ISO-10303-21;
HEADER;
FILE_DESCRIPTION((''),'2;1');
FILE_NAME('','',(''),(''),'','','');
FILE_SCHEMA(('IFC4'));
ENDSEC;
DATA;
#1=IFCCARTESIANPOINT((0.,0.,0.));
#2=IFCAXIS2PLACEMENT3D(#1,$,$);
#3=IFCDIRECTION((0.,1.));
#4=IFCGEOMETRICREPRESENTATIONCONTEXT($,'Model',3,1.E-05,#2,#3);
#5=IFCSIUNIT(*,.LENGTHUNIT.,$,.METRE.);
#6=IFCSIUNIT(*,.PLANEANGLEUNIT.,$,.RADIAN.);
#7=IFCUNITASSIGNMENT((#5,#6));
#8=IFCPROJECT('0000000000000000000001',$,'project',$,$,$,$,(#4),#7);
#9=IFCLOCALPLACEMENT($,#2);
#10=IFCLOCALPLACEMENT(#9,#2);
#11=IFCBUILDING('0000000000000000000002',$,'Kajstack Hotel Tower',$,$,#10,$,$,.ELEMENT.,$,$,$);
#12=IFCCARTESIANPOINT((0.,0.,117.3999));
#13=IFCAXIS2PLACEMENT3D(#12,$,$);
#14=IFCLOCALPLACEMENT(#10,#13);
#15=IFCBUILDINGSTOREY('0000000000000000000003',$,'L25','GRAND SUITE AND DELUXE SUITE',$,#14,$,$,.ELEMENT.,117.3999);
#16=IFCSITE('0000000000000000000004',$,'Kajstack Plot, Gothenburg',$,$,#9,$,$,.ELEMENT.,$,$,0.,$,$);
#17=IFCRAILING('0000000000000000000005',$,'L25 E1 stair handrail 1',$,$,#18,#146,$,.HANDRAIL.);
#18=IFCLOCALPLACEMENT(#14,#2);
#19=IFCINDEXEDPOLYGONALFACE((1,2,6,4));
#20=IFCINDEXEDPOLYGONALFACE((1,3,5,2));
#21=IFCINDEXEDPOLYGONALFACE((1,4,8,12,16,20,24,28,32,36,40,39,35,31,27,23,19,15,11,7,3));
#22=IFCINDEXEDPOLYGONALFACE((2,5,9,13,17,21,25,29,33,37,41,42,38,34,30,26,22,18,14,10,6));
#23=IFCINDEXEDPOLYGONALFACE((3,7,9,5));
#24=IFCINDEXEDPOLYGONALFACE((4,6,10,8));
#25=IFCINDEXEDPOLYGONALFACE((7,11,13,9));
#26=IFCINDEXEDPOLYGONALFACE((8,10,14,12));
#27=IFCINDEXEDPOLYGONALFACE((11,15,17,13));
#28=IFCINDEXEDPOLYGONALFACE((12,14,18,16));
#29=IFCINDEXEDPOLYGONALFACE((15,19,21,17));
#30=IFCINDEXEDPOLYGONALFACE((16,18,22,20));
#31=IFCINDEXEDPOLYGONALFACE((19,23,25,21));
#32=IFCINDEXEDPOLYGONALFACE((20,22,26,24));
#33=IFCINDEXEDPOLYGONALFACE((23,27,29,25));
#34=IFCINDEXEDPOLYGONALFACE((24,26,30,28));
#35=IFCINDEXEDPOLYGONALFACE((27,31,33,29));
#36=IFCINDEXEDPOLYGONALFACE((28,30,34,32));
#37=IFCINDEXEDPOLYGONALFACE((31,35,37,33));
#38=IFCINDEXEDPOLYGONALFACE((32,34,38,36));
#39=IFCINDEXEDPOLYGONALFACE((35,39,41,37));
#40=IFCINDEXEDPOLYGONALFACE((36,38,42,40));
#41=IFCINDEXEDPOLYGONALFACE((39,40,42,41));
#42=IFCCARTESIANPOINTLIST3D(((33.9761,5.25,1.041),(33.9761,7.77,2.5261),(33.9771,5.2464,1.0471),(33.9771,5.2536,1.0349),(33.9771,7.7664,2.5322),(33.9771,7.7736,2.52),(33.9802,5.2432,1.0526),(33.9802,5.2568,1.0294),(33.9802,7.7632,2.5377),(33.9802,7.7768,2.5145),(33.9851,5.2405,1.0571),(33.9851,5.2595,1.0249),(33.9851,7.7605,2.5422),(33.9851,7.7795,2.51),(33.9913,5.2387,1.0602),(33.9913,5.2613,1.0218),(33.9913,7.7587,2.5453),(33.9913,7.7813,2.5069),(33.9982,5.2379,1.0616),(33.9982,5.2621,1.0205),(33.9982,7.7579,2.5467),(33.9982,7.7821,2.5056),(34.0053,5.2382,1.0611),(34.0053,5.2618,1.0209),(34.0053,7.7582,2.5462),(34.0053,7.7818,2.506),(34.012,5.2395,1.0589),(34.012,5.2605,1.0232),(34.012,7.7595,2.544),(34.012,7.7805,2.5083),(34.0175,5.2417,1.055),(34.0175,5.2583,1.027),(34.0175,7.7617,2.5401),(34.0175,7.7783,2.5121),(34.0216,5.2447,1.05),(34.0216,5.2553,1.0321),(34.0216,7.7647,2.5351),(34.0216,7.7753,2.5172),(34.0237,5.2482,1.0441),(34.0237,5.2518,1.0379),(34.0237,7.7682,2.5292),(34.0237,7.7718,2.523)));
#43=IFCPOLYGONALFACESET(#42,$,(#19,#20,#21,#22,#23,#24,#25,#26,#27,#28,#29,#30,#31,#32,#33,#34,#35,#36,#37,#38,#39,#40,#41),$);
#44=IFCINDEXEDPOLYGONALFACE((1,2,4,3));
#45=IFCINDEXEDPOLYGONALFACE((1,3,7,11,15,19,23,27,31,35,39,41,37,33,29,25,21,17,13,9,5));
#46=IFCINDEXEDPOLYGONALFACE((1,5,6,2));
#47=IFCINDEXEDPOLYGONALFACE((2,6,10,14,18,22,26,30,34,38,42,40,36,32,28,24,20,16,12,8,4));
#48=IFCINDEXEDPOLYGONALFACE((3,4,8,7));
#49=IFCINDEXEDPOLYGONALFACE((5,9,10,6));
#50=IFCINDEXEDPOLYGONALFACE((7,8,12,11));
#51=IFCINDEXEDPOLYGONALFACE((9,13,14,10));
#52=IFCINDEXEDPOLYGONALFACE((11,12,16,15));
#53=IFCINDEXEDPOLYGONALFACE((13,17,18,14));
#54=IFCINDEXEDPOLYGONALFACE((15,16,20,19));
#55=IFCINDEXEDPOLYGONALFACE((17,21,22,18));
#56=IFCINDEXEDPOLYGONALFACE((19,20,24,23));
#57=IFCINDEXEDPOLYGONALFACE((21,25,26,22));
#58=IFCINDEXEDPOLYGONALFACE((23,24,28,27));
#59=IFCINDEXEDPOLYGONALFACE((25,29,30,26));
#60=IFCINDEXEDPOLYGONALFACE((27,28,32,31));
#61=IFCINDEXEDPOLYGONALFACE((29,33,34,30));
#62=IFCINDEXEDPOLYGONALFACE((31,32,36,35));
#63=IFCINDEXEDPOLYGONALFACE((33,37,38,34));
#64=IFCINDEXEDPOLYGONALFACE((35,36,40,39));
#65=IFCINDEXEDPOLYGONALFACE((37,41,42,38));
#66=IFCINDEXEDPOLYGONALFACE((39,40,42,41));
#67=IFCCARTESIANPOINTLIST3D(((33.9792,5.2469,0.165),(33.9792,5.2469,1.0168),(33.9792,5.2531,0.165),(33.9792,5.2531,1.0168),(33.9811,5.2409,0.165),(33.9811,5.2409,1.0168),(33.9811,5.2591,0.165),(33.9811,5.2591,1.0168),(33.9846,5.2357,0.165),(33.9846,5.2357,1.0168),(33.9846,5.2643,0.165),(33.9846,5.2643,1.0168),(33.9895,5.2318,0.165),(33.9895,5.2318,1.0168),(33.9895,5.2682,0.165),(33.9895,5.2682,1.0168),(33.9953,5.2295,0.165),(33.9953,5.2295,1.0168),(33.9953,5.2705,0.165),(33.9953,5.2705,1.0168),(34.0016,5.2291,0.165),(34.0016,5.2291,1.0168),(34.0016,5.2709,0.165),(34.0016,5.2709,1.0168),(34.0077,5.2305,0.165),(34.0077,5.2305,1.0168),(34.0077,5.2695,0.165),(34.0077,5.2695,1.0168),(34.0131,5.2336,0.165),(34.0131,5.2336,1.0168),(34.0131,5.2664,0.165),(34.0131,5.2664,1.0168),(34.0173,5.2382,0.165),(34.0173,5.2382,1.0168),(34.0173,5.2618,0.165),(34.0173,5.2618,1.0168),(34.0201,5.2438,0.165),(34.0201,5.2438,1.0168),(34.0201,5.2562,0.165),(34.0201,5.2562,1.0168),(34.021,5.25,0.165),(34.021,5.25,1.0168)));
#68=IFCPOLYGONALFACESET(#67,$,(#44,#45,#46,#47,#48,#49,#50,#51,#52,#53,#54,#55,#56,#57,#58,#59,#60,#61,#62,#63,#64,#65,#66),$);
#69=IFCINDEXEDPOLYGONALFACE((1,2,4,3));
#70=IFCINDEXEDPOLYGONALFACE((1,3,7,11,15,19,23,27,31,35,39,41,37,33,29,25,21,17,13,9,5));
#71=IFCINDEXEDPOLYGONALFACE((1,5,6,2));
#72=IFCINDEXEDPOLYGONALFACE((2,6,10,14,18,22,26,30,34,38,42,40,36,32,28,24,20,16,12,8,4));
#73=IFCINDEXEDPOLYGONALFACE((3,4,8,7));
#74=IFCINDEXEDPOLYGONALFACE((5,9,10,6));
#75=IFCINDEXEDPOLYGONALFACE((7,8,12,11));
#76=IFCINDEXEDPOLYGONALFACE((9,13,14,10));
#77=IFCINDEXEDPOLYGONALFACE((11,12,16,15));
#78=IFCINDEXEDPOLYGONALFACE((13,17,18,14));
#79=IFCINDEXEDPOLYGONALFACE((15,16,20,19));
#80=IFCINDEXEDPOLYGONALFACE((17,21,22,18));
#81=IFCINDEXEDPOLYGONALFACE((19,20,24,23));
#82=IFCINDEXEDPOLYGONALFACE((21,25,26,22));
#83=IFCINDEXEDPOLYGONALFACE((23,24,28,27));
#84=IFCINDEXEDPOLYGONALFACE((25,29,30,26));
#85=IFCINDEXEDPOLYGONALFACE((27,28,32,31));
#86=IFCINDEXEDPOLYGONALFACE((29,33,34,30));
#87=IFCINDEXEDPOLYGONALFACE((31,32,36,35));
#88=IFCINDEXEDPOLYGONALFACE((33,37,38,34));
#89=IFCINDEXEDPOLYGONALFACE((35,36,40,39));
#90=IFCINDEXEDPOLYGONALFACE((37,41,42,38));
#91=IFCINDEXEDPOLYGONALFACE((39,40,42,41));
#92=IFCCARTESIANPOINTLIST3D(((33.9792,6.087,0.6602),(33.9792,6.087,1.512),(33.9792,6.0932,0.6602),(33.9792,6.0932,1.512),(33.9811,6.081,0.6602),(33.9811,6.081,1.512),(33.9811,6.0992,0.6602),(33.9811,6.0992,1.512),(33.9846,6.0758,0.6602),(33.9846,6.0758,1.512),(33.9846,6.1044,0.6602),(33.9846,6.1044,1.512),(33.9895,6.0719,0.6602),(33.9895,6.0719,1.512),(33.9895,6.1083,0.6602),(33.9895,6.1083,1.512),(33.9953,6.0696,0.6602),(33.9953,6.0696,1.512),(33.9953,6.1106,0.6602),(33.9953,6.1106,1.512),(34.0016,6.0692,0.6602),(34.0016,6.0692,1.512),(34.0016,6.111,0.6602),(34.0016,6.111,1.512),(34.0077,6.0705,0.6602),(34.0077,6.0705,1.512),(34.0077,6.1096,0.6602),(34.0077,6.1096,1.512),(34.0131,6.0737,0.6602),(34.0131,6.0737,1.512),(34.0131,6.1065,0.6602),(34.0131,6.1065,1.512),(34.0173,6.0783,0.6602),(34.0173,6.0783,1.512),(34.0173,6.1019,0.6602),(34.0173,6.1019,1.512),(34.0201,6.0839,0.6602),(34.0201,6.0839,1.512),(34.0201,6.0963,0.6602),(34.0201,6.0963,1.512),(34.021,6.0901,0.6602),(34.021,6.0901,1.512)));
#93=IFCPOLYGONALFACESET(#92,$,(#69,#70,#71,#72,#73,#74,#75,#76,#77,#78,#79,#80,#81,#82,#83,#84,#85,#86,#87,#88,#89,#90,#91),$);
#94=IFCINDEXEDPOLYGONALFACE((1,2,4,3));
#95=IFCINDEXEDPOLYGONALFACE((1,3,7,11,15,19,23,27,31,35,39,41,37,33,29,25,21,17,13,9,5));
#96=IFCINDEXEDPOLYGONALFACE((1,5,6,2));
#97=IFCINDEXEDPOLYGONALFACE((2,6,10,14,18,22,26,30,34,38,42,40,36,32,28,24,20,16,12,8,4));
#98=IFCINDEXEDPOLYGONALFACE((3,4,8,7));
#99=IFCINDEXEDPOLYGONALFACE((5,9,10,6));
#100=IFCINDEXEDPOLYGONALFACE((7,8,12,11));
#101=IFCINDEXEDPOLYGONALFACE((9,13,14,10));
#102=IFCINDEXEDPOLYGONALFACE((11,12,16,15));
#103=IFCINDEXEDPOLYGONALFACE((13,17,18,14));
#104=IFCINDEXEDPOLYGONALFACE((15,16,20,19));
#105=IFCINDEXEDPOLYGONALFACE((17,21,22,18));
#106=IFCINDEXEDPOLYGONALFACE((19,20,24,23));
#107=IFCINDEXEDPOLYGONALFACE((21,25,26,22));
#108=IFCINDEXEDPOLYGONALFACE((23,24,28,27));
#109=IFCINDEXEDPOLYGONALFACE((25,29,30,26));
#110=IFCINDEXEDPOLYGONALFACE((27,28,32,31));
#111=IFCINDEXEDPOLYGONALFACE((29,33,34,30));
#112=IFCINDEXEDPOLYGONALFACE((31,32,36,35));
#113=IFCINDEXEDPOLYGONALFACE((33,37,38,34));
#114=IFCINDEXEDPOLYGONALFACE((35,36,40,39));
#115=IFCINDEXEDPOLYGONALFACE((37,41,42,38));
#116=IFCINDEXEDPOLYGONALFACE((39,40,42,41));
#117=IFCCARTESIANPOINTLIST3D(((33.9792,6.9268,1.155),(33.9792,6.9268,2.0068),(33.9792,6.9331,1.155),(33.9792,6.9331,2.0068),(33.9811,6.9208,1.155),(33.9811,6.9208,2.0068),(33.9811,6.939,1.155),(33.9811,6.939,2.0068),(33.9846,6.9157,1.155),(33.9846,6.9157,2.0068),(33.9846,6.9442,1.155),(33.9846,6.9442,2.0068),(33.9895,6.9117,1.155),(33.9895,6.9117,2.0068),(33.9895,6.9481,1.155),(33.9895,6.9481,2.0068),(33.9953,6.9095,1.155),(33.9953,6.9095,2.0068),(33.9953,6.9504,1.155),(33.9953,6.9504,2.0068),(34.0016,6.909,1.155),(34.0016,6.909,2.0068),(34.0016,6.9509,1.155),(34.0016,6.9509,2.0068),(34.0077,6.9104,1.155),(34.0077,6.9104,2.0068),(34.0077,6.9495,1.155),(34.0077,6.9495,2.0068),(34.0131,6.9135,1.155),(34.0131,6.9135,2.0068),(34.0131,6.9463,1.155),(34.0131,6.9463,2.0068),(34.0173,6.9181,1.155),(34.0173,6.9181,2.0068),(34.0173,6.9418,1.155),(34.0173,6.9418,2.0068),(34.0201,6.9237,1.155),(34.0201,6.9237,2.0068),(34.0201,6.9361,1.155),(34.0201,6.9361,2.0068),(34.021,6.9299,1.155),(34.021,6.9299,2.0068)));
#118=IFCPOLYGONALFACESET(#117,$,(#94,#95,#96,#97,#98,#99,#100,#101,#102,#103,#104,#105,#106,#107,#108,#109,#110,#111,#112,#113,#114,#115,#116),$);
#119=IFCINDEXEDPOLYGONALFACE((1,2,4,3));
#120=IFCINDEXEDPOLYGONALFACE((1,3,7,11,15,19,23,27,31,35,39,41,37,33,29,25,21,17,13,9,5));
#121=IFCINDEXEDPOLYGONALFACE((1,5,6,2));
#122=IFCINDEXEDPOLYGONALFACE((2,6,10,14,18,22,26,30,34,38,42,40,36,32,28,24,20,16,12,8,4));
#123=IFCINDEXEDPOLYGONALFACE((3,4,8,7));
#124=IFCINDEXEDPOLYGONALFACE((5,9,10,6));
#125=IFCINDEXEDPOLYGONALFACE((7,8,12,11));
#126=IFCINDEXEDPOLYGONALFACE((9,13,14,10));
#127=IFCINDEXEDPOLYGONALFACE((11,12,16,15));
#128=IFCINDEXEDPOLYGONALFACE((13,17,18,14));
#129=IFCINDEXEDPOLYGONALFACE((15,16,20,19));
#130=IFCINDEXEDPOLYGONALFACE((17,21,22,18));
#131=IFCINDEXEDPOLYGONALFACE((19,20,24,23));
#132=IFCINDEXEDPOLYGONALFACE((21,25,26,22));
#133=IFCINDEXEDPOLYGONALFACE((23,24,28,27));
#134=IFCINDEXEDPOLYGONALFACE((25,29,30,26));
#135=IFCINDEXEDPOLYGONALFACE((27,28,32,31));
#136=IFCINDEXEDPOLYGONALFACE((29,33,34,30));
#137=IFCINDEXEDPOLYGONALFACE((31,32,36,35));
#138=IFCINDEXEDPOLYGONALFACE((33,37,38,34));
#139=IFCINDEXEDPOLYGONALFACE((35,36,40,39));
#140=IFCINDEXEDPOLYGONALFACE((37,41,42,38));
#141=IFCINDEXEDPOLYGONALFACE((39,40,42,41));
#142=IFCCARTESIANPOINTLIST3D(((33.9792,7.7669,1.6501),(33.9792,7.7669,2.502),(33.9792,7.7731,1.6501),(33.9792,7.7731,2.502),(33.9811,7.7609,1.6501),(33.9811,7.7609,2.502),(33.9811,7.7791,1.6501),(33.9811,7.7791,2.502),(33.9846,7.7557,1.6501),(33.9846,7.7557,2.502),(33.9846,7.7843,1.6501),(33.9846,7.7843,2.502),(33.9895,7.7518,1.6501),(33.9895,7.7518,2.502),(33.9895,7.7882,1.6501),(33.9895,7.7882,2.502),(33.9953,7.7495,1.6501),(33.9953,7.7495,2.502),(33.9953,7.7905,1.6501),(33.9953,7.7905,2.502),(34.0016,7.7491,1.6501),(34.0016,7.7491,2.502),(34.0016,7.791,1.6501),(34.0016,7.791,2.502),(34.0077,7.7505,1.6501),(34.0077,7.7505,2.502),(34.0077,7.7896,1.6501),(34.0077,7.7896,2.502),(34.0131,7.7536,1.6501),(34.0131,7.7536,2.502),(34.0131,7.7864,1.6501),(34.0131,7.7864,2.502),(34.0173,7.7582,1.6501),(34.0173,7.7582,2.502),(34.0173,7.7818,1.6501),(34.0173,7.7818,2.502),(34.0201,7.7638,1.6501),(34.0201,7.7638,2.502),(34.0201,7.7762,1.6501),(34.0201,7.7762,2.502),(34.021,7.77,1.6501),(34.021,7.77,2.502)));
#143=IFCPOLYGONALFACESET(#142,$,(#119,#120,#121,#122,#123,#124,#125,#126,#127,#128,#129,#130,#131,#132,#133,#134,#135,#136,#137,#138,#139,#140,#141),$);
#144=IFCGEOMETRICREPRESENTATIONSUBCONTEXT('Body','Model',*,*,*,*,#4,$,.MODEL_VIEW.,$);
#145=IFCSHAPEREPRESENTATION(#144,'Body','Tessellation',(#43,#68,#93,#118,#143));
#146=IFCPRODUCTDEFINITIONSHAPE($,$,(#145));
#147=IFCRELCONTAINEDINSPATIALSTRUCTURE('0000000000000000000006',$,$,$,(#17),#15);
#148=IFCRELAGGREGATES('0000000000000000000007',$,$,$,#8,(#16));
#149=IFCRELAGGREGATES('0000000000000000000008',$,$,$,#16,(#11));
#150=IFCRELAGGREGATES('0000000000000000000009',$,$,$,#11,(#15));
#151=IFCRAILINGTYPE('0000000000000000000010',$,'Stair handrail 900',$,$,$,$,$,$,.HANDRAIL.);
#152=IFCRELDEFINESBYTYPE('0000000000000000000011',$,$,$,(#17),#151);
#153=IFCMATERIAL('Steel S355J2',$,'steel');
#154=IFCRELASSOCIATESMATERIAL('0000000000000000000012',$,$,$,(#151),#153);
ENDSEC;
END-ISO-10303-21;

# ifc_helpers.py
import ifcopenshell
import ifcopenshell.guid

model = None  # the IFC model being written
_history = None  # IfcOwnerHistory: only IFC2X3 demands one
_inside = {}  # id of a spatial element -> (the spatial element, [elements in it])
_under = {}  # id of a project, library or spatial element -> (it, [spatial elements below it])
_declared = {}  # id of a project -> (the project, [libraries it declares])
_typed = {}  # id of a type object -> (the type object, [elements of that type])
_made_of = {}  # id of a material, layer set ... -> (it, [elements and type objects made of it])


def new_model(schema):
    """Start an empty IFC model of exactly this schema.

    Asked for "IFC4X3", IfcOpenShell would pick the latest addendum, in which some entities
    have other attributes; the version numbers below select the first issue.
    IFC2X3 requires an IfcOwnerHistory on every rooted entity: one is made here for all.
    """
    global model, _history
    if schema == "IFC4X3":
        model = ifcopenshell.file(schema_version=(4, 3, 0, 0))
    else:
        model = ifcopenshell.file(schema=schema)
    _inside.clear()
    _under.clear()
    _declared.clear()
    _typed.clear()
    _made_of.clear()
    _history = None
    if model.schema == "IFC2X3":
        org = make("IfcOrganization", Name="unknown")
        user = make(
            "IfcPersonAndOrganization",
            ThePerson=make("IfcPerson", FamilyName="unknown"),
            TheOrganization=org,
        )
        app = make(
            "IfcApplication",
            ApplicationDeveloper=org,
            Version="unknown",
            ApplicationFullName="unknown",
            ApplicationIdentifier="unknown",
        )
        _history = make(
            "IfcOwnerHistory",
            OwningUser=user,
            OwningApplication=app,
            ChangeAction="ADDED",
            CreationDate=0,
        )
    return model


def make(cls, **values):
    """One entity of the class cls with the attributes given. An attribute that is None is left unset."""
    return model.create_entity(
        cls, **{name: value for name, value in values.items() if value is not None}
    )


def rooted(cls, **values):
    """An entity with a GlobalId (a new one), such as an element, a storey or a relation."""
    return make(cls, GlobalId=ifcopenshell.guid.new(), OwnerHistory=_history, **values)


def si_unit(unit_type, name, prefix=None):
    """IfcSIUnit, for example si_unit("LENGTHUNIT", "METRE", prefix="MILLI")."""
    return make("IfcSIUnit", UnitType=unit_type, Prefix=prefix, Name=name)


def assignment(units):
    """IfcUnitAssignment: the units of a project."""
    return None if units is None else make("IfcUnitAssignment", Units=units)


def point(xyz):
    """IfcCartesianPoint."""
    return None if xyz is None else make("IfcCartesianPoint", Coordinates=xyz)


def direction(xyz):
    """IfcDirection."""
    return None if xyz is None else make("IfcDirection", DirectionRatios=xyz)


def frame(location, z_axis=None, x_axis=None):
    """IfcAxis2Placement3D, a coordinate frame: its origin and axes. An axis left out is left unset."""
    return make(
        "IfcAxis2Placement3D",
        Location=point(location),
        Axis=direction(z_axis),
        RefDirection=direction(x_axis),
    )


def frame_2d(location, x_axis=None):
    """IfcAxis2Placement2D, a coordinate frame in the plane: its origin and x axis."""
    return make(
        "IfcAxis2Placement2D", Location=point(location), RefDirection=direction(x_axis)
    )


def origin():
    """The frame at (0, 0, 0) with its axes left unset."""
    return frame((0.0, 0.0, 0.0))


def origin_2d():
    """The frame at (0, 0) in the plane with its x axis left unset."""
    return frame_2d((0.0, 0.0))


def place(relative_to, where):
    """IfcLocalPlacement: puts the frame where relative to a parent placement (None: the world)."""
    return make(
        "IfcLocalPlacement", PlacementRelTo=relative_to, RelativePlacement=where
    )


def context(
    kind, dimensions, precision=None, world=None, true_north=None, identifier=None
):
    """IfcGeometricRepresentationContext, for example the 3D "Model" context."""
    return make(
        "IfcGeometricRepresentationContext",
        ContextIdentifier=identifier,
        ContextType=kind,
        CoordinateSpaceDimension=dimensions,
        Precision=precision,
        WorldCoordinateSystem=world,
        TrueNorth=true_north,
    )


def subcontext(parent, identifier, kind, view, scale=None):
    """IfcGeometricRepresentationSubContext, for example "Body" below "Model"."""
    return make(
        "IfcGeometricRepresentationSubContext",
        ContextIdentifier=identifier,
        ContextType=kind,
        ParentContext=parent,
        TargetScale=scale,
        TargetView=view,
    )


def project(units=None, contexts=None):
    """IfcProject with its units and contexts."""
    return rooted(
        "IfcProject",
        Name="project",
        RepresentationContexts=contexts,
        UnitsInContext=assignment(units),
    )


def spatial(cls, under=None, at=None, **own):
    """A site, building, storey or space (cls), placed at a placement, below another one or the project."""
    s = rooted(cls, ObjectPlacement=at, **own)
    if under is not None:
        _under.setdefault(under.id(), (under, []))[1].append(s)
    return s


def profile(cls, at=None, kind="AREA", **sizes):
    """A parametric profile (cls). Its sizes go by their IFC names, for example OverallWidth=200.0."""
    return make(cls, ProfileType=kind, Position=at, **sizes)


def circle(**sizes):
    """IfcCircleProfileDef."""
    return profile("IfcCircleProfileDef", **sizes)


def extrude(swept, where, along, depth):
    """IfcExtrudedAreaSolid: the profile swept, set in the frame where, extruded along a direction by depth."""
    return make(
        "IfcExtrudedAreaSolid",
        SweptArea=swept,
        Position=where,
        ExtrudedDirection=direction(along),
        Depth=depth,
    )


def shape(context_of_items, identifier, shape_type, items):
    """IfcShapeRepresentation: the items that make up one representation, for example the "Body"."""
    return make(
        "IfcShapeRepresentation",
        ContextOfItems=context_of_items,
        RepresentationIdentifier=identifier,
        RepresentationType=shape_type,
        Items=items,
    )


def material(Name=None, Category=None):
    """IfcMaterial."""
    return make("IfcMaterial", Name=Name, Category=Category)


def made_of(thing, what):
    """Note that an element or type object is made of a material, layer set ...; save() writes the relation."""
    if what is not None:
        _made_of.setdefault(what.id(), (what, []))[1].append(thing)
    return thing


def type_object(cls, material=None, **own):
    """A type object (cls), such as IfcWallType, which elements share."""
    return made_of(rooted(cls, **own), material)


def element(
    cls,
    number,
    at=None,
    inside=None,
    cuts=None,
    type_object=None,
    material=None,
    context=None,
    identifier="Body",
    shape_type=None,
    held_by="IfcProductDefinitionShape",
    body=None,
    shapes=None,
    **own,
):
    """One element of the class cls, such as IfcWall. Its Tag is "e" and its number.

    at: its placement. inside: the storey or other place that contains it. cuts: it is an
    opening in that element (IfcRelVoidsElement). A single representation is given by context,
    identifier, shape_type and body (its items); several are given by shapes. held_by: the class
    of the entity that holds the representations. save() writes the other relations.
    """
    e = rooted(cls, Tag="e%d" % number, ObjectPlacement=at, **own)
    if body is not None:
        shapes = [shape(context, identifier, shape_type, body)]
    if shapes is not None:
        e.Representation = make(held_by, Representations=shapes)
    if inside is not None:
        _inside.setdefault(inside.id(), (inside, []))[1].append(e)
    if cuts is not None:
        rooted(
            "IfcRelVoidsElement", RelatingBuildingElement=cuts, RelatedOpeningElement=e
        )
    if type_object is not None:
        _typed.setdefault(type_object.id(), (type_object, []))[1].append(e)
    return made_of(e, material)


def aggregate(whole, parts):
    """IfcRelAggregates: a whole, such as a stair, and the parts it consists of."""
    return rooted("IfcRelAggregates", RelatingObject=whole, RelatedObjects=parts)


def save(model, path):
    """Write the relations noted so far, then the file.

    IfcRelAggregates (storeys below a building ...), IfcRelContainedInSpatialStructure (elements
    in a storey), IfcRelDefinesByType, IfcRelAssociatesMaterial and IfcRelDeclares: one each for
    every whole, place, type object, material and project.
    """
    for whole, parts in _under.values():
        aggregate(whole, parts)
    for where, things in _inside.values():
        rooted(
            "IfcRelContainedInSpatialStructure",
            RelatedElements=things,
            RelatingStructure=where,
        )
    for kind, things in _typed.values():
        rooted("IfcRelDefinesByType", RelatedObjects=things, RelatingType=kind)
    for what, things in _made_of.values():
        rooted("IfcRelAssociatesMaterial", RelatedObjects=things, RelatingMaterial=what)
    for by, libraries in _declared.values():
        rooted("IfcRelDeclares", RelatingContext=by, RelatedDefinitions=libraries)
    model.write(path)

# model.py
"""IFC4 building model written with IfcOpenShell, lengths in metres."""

from ifc_helpers import new_model, si_unit, direction, frame, origin, origin_2d, place, context, subcontext, project, spatial, circle, extrude, material, type_object, element, save


model = new_model("IFC4")

# Units and contexts
model_context = context("Model", 3, precision=1e-05, world=origin(), true_north=direction((0.0, 1.0)))
body_context = subcontext(model_context, "Body", "Model", "MODEL_VIEW")
ifc_project = project(units=[si_unit("LENGTHUNIT", "METRE"), si_unit("PLANEANGLEUNIT", "RADIAN")], contexts=[model_context])

# Site, building, storey
site_placement = place(None, origin())
site = spatial("IfcSite", under=ifc_project, at=site_placement, Name="Kajstack Plot, Gothenburg", CompositionType="ELEMENT", RefElevation=0.0)
building_placement = place(site_placement, origin())
building = spatial("IfcBuilding", under=site, at=building_placement, Name="Kajstack Hotel Tower", CompositionType="ELEMENT")
storey_placement = place(building_placement, frame((0.0, 0.0, 117.3999)))
storey = spatial("IfcBuildingStorey", under=building, at=storey_placement, Name="L25", Description="GRAND SUITE AND DELUXE SUITE", CompositionType="ELEMENT", Elevation=117.3999)

# Railing
ifc_material_1 = material(Name="Steel S355J2", Category="steel")
railing_type_1 = type_object("IfcRailingType", Name="Stair handrail 900", PredefinedType="HANDRAIL", material=ifc_material_1)
railing_1_placement = place(storey_placement, frame((34.0, 5.25, 0.165)))
element("IfcRailing", 1, at=railing_1_placement, inside=storey, type_object=railing_type_1, Name="L25 E1 stair handrail 1", PredefinedType="HANDRAIL", context=body_context, shape_type="SweptSolid", body=[
    extrude(circle(Radius=0.0239, at=origin_2d()), frame((0.0, 0.0, 0.876), z_axis=(0.0, 0.861524, 0.507717), x_axis=(-1.0, 0.0, 0.0)), (0.0, 0.0, 1.0), 2.925),
    extrude(circle(Radius=0.021, at=origin_2d()), origin(), (0.0, 0.0, 1.0), 0.8518),
    extrude(circle(Radius=0.021, at=origin_2d()), frame((0.0, 0.8401, 0.4951)), (0.0, 0.0, 1.0), 0.8518),
    extrude(circle(Radius=0.021, at=origin_2d()), frame((0.0, 1.6799, 0.99)), (0.0, 0.0, 1.0), 0.8518),
    extrude(circle(Radius=0.021, at=origin_2d()), frame((0.0, 2.52, 1.4851)), (0.0, 0.0, 1.0), 0.8518),
])

save(model, "model.ifc")
